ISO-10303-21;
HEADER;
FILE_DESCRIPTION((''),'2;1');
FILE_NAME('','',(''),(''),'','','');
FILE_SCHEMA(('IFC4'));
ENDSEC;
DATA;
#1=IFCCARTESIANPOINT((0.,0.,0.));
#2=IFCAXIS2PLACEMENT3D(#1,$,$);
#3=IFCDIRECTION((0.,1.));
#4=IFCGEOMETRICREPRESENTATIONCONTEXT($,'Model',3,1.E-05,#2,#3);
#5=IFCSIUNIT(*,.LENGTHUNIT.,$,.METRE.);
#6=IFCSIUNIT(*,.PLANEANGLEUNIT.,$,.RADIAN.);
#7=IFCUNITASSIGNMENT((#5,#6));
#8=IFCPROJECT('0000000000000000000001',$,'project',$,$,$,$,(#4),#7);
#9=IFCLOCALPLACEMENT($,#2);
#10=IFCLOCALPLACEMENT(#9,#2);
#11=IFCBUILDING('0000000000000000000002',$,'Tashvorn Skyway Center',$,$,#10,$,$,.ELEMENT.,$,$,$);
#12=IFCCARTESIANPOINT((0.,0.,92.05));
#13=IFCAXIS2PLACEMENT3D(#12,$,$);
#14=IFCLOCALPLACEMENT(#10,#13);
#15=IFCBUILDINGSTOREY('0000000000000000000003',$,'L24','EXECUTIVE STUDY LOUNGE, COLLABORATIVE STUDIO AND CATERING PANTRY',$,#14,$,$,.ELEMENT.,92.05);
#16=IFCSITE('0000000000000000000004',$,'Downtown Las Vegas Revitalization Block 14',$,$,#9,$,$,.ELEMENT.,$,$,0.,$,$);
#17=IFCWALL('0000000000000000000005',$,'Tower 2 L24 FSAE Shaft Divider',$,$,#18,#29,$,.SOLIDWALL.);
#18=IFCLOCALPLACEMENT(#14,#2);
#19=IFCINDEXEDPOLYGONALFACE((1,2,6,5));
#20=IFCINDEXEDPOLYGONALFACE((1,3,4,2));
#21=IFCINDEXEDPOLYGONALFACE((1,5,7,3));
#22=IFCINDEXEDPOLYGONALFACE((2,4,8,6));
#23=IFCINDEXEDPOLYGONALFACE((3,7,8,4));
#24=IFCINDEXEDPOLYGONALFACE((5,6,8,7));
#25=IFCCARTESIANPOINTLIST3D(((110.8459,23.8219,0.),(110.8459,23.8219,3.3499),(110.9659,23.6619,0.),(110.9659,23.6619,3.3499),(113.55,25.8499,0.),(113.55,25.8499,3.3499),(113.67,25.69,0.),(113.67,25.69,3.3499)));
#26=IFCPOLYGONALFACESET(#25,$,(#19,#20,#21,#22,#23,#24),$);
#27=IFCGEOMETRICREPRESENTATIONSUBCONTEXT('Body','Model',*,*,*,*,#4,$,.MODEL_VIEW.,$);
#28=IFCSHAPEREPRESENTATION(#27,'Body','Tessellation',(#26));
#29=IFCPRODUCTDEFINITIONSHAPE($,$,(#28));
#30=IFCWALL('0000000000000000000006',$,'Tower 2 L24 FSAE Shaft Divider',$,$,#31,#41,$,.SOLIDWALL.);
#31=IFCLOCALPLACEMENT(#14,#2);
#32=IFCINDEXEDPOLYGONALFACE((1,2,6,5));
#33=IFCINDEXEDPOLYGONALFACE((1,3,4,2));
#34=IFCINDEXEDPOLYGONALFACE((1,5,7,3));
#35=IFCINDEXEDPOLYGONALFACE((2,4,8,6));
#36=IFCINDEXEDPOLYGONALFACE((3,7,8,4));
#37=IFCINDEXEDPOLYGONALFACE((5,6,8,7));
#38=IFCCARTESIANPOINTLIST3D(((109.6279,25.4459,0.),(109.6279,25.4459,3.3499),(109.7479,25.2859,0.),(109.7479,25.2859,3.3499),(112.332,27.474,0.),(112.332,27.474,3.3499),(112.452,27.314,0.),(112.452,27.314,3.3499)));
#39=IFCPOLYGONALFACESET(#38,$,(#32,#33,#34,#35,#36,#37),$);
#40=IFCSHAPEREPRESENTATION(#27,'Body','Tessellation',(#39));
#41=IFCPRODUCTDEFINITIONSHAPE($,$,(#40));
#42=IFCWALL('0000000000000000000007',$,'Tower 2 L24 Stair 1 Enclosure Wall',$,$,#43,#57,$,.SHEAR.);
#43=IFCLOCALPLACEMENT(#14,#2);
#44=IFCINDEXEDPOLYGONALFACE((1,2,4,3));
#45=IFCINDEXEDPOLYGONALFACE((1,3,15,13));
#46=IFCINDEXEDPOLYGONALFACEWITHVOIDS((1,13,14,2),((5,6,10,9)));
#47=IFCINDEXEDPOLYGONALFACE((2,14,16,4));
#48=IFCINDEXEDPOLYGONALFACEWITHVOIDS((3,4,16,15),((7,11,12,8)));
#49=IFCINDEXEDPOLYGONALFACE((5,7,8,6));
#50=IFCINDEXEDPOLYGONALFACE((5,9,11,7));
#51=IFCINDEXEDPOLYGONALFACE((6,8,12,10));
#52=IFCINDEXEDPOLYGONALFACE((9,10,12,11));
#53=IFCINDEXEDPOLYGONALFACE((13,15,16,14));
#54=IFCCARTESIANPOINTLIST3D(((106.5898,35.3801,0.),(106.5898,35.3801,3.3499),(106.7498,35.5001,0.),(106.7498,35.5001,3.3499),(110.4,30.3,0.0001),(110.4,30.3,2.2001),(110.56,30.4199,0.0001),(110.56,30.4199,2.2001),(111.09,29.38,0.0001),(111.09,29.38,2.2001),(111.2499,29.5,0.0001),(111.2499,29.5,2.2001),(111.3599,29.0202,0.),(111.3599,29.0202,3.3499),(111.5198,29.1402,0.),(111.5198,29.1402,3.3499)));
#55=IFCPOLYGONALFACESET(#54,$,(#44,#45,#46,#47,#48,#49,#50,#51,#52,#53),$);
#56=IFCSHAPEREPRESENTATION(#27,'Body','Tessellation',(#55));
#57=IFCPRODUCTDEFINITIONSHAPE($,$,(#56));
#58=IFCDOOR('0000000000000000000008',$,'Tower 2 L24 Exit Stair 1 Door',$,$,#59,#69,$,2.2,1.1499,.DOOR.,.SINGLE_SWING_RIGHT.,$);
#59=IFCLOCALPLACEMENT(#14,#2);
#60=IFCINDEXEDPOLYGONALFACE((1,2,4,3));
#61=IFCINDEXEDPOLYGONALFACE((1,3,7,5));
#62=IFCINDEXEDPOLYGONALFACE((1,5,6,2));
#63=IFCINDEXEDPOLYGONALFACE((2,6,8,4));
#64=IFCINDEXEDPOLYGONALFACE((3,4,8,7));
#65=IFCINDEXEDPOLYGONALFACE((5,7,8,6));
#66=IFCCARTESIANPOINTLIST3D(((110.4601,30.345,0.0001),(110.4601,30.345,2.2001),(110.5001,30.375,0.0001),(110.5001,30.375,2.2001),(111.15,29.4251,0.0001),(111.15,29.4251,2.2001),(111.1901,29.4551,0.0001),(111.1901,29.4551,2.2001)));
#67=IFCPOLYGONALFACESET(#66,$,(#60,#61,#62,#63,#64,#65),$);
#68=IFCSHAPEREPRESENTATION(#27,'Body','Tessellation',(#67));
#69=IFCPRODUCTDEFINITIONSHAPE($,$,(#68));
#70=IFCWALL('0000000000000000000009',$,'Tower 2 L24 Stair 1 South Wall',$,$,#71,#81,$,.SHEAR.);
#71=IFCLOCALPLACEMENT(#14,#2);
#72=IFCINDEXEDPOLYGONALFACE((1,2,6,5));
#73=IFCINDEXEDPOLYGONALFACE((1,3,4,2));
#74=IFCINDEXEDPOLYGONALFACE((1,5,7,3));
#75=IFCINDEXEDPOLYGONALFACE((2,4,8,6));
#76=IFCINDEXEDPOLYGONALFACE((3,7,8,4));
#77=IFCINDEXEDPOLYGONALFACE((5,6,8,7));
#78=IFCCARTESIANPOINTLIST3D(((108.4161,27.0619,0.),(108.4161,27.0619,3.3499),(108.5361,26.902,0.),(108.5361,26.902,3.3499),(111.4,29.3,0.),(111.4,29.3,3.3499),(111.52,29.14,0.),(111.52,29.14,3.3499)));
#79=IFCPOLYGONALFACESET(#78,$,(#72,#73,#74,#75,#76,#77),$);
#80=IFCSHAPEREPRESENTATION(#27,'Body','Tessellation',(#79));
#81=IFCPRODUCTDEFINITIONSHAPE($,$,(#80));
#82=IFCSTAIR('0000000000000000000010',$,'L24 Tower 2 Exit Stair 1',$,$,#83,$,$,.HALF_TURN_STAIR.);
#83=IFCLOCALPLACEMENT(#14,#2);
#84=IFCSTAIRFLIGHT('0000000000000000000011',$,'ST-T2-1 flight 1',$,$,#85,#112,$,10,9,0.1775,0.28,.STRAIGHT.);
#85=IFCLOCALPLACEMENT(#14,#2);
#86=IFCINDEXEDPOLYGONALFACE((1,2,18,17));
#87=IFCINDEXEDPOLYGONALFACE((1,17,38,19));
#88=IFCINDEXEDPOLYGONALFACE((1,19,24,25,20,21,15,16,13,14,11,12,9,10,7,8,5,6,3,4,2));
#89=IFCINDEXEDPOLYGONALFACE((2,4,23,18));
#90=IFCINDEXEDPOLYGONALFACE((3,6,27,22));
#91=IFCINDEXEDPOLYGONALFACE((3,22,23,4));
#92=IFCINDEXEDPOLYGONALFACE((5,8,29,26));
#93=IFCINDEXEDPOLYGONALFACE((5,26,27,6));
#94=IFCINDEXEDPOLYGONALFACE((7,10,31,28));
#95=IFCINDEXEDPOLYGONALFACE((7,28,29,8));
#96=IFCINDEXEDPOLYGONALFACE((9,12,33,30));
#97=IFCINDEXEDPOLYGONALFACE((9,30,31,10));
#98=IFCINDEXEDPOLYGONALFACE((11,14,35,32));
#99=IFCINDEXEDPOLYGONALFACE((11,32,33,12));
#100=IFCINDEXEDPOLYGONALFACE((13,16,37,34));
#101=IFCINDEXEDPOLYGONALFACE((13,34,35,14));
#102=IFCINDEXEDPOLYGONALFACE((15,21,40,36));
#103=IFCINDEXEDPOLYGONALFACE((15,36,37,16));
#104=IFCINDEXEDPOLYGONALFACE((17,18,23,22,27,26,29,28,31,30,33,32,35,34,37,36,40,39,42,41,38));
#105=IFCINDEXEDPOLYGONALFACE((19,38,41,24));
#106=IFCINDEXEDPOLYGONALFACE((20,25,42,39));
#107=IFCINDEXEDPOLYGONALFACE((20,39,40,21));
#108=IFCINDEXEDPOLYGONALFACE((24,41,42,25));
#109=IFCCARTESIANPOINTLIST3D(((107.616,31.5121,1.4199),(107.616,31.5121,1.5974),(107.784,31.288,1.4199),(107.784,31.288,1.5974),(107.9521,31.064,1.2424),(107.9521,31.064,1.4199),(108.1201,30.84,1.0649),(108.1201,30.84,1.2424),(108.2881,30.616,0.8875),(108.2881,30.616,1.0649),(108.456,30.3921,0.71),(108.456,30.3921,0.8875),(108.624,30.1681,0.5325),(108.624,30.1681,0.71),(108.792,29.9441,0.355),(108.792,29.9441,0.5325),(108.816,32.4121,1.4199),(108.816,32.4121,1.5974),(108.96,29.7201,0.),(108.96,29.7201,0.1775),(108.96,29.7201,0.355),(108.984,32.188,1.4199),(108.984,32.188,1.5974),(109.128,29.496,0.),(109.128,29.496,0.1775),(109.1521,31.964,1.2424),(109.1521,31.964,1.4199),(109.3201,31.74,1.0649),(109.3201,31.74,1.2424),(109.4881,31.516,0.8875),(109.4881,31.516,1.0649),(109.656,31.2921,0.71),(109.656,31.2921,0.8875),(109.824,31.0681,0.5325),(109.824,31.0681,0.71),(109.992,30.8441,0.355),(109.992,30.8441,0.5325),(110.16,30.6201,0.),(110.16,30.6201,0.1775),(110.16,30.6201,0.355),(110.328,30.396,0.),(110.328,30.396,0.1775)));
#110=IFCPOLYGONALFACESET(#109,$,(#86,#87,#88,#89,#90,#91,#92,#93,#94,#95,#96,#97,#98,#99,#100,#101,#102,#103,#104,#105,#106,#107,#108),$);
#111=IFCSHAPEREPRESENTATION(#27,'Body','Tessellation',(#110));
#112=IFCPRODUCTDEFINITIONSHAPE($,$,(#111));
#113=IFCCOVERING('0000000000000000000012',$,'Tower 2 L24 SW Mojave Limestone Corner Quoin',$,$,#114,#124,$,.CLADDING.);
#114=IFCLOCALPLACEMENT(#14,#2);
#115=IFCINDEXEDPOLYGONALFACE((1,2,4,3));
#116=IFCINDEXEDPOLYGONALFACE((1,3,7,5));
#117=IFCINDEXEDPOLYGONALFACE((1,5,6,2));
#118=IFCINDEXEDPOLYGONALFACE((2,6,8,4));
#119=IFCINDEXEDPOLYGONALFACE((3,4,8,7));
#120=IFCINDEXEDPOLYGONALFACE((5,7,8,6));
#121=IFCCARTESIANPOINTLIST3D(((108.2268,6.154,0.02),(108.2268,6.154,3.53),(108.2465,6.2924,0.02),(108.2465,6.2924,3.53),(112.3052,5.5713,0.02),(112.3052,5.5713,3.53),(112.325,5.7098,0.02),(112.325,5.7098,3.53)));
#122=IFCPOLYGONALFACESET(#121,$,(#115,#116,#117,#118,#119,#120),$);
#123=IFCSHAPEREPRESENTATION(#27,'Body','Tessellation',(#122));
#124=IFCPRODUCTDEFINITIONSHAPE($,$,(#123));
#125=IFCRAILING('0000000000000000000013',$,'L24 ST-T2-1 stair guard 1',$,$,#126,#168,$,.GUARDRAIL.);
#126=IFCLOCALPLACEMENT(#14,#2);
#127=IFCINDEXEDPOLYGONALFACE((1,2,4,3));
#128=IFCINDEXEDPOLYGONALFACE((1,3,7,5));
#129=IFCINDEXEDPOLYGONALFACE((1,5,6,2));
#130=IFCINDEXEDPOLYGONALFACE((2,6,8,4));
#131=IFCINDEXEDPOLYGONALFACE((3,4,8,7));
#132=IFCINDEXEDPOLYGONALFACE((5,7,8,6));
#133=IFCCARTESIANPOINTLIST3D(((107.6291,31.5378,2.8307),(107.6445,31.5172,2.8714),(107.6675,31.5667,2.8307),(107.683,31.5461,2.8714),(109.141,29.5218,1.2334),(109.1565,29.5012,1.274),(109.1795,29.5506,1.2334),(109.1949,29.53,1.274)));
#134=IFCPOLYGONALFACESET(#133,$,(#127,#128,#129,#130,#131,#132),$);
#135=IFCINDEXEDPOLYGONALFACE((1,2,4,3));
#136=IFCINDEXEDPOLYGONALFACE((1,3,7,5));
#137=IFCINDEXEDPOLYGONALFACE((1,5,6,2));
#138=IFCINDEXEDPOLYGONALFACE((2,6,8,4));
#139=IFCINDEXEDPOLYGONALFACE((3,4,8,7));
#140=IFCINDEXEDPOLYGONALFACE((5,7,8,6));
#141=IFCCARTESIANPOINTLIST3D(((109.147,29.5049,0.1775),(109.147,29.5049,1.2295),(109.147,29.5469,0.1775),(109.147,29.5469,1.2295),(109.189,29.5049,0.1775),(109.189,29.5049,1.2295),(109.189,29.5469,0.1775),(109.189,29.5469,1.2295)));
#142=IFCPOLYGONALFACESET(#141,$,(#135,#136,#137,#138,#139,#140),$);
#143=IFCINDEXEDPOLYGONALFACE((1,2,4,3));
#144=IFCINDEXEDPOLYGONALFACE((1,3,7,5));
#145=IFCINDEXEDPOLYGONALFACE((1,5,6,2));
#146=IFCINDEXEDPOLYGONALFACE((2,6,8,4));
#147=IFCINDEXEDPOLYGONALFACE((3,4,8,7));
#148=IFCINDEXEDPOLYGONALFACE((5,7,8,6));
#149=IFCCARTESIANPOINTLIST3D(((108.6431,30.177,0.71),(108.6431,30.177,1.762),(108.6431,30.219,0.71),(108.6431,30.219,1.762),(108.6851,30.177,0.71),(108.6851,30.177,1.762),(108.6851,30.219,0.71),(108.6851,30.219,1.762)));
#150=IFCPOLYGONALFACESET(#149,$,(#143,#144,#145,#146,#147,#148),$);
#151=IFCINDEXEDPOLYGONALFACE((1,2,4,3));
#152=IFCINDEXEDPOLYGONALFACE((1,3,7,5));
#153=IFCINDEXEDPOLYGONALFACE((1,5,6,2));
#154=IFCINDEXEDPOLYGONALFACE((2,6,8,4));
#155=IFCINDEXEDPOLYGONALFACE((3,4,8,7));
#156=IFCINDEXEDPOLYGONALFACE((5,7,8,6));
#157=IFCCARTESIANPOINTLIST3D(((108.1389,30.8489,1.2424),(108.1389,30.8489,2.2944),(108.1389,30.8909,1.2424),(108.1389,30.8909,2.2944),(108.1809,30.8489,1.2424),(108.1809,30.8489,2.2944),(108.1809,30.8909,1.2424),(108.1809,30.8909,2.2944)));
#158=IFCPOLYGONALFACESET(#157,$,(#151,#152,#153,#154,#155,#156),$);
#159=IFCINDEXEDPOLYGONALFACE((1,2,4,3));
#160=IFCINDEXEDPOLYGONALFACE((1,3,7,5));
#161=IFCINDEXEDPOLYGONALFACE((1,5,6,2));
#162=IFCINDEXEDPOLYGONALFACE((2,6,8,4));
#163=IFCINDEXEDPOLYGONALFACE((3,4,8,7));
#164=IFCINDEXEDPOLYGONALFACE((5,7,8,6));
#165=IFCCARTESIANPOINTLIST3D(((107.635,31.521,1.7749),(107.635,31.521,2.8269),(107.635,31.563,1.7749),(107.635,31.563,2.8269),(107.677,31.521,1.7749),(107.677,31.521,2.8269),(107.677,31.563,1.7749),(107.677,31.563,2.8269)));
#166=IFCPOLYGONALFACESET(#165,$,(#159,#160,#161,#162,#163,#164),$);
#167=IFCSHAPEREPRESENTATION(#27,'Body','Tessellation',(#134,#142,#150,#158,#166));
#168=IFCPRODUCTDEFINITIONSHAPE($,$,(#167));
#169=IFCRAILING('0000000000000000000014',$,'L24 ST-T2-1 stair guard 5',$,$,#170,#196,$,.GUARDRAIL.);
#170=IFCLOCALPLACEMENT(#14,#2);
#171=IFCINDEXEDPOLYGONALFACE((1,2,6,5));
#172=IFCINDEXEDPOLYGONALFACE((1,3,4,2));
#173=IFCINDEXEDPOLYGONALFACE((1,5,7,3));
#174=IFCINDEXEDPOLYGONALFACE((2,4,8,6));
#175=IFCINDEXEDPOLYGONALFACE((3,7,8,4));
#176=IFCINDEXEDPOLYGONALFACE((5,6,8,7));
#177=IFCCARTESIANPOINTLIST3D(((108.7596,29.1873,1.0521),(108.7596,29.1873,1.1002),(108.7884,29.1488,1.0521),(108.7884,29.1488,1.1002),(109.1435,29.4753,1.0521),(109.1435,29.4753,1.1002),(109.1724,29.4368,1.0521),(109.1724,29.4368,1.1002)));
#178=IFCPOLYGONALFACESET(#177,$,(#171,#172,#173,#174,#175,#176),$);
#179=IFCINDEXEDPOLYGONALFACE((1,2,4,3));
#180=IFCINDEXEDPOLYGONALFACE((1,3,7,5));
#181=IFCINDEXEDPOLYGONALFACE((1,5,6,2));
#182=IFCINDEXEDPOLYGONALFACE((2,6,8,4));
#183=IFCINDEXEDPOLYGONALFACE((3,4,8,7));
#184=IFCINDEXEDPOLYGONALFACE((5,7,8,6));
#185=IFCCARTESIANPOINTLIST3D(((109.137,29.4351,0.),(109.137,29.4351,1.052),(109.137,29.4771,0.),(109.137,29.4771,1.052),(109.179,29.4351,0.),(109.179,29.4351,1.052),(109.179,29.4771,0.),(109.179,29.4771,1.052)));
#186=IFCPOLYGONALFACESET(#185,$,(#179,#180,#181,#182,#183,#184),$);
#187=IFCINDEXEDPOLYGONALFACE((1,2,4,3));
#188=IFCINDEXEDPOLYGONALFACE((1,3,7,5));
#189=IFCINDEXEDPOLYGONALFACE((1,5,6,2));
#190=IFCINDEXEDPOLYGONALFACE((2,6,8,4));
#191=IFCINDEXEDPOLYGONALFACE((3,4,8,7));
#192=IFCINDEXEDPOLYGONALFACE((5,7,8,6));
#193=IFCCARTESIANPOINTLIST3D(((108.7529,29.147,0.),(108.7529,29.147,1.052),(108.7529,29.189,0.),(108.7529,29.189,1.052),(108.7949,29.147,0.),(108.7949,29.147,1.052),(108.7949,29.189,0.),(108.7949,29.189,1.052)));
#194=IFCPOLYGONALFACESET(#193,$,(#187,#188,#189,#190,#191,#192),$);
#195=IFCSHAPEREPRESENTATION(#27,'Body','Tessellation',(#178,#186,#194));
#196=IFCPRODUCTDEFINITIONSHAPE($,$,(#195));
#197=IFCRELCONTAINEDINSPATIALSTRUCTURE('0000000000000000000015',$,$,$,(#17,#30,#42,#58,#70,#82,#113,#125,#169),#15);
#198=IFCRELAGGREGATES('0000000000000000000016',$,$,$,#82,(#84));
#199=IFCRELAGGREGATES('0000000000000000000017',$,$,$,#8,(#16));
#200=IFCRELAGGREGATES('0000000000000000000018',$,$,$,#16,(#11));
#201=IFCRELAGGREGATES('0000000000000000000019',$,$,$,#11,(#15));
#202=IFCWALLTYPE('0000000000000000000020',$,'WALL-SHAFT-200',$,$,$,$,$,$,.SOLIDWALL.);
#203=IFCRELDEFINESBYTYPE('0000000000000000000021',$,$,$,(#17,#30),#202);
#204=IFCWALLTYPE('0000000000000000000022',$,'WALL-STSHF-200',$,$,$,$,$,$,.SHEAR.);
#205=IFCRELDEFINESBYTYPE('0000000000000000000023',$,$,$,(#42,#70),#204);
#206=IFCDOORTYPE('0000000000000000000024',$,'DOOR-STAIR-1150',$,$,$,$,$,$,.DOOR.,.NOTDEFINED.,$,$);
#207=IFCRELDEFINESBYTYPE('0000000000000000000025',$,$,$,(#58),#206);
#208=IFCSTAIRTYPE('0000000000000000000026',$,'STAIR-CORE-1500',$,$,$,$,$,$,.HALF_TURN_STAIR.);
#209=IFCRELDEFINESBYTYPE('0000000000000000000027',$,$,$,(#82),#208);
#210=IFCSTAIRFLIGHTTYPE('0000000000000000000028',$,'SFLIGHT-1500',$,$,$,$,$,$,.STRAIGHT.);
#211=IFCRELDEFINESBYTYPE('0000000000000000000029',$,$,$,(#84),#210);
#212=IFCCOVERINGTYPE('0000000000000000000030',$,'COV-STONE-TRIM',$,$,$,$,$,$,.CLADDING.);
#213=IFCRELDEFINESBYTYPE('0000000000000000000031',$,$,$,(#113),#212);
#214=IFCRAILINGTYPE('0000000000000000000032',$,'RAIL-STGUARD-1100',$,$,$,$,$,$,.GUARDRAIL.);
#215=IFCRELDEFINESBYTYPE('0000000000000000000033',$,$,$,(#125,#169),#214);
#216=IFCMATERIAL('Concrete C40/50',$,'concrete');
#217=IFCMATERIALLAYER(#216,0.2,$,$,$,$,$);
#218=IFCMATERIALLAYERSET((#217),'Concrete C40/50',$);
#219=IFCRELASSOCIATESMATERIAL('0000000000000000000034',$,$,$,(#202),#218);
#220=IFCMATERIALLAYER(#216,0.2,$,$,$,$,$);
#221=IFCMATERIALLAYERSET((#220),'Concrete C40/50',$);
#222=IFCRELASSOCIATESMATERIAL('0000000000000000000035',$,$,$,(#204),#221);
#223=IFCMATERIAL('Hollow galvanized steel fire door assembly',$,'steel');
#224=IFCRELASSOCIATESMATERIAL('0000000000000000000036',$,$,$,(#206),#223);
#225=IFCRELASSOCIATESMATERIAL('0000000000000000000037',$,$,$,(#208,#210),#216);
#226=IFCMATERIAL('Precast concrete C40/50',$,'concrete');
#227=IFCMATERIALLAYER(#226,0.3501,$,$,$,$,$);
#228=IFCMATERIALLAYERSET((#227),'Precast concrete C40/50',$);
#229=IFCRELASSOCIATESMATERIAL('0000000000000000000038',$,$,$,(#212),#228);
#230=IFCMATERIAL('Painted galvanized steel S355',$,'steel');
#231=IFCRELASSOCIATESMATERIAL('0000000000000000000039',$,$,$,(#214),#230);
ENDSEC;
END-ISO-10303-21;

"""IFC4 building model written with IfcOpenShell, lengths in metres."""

from ifc_helpers import new_model, si_unit, direction, frame, frame_2d, origin, origin_2d, place, context, subcontext, project, spatial, polyline, rectangle, outline, extrude, material, layer, layer_set, type_object, element, fill, aggregate, save


model = new_model("IFC4")

# Units and contexts
model_context = context("Model", 3, precision=1e-05, world=origin(), true_north=direction((0.0, 1.0)))
body_context = subcontext(model_context, "Body", "Model", "MODEL_VIEW")
ifc_project = project(units=[si_unit("LENGTHUNIT", "METRE"), si_unit("PLANEANGLEUNIT", "RADIAN")], contexts=[model_context])

# Site, building, storey
site_placement = place(None, origin())
site = spatial("IfcSite", under=ifc_project, at=site_placement, Name="Downtown Las Vegas Revitalization Block 14", CompositionType="ELEMENT", RefElevation=0.0)
building_placement = place(site_placement, origin())
building = spatial("IfcBuilding", under=site, at=building_placement, Name="Tashvorn Skyway Center", CompositionType="ELEMENT")
storey_placement = place(building_placement, frame((0.0, 0.0, 92.05)))
storey = spatial("IfcBuildingStorey", under=building, at=storey_placement, Name="L24", Description="EXECUTIVE STUDY LOUNGE, COLLABORATIVE STUDIO AND CATERING PANTRY", CompositionType="ELEMENT", Elevation=92.05)

# Shared definitions
ifc_material_1 = material(Name="Precast concrete C40/50", Category="concrete")

# Walls
ifc_material_2 = material(Name="Concrete C40/50", Category="concrete")
ifc_layer_1 = layer(ifc_material_2, 0.2)
ifc_layer_set_1 = layer_set([ifc_layer_1], Name="Concrete C40/50")
wall_type_1 = type_object("IfcWallType", Name="WALL-SHAFT-200", PredefinedType="SOLIDWALL", material=ifc_layer_set_1)
for number, where, z_axis, x_axis, name in (
    (1, (110.906, 23.7419, 0.0), (0.0, 0.0, 1.0), (0.8, 0.6, 0.0), "Tower 2 L24 FSAE Shaft Divider"),
    (2, (109.688, 25.366, 0.0), (0.0, 0.0, 1.0), (0.8, 0.6, 0.0), "Tower 2 L24 FSAE Shaft Divider"),
):
    element("IfcWall", number, at=place(storey_placement, frame(where, z_axis=z_axis, x_axis=x_axis)), inside=storey, type_object=wall_type_1, Name=name, PredefinedType="SOLIDWALL", context=body_context, shape_type="SweptSolid", body=[
        extrude(rectangle(XDim=3.3801, YDim=0.2, at=frame_2d((1.6899, 0.0))), origin(), (0.0, 0.0, 1.0), 3.3499),
    ])

# Wall, opening, door
ifc_layer_2 = layer(ifc_material_2, 0.2)
ifc_layer_set_2 = layer_set([ifc_layer_2], Name="Concrete C40/50")
wall_type_2 = type_object("IfcWallType", Name="WALL-STSHF-200", PredefinedType="SHEAR", material=ifc_layer_set_2)
wall_1_placement = place(storey_placement, frame((111.4399, 29.0801, 0.0), z_axis=(0.0, 0.0, 1.0), x_axis=(-0.60001, 0.799993, 0.0)))
wall_1 = element("IfcWall", 3, at=wall_1_placement, inside=storey, type_object=wall_type_2, Name="Tower 2 L24 Stair 1 Enclosure Wall", PredefinedType="SHEAR", context=body_context, shape_type="SweptSolid", body=[
    extrude(rectangle(XDim=7.95, YDim=0.2, at=frame_2d((3.9751, 0.0))), origin(), (0.0, 0.0, 1.0), 3.3499),
])
opening_1_placement = place(wall_1_placement, frame((0.45, 0.0, 0.0)))
opening_1 = element("IfcOpeningElement", 4, at=opening_1_placement, cuts=wall_1, PredefinedType="OPENING", context=body_context, shape_type="SweptSolid", body=[
    extrude(rectangle(XDim=1.1499, YDim=2.2, at=frame_2d((0.575, 1.1001))), frame((0.0, 0.1099, 0.0), z_axis=(0.0, -1.0, 0.0), x_axis=(1.0, 0.0, 0.0)), (0.0, 0.0, 1.0), 0.22),
])
ifc_material_3 = material(Name="Hollow galvanized steel fire door assembly", Category="steel")
door_type_1 = type_object("IfcDoorType", Name="DOOR-STAIR-1150", OperationType="NOTDEFINED", PredefinedType="DOOR", material=ifc_material_3)
door_1_placement = place(opening_1_placement, origin())
door_1 = element("IfcDoor", 5, at=door_1_placement, inside=storey, type_object=door_type_1, Name="Tower 2 L24 Exit Stair 1 Door", OperationType="SINGLE_SWING_RIGHT", OverallHeight=2.2, OverallWidth=1.1499, PredefinedType="DOOR", context=body_context, shape_type="SweptSolid", body=[
    extrude(rectangle(XDim=1.1499, YDim=2.2, at=frame_2d((0.575, 1.1001))), frame((0.0, 0.0249, 0.0), z_axis=(0.0, -1.0, 0.0), x_axis=(1.0, 0.0, 0.0)), (0.0, 0.0, 1.0), 0.05),
])
fill(opening_1, door_1)

# Wall
wall_2_placement = place(storey_placement, frame((108.4761, 26.9819, 0.0), z_axis=(0.0, 0.0, 1.0), x_axis=(0.799984, 0.600021, 0.0)))
element("IfcWall", 6, at=wall_2_placement, inside=storey, type_object=wall_type_2, Name="Tower 2 L24 Stair 1 South Wall", PredefinedType="SHEAR", context=body_context, shape_type="SweptSolid", body=[
    extrude(rectangle(XDim=3.73, YDim=0.2, at=frame_2d((1.865, 0.0))), origin(), (0.0, 0.0, 1.0), 3.3499),
])

# Stair, stair flight
stair_type = type_object("IfcStairType", Name="STAIR-CORE-1500", PredefinedType="HALF_TURN_STAIR", material=ifc_material_2)
stair_placement = place(storey_placement, origin())
stair = element("IfcStair", 7, at=stair_placement, inside=storey, type_object=stair_type, Name="L24 Tower 2 Exit Stair 1", PredefinedType="HALF_TURN_STAIR")
stair_flight_type = type_object("IfcStairFlightType", Name="SFLIGHT-1500", PredefinedType="STRAIGHT", material=ifc_material_2)
stair_flight_placement = place(storey_placement, frame((109.728, 29.946, 0.0), z_axis=(0.0, 0.0, 1.0), x_axis=(-0.6, 0.8, 0.0)))
stair_flight = element("IfcStairFlight", 8, at=stair_flight_placement, type_object=stair_flight_type, Name="ST-T2-1 flight 1", NumberOfRisers=10, NumberOfTreads=9, PredefinedType="STRAIGHT", RiserHeight=0.1775, TreadLength=0.28, context=body_context, shape_type="SweptSolid", body=[
    extrude(outline(polyline([(0.0, 0.0), (0.0, 0.1775), (0.28, 0.1775), (0.28, 0.355), (0.5601, 0.355), (0.5601, 0.5325), (0.8401, 0.5325), (0.8401, 0.71), (1.1201, 0.71), (1.1201, 0.8875), (1.3999, 0.8875), (1.3999, 1.0649), (1.6799, 1.0649), (1.6799, 1.2424), (1.96, 1.2424), (1.96, 1.4199), (2.24, 1.4199), (2.24, 1.5974), (2.52, 1.5974), (2.52, 1.7749), (2.52, 1.4199), (0.28, 0.0), (0.0, 0.0)])), frame((0.0, 0.75, 0.0), z_axis=(0.0, -1.0, 0.0), x_axis=(1.0, 0.0, 0.0)), (0.0, 0.0, 1.0), 1.5),
])
aggregate(stair, [stair_flight])

# Covering
ifc_layer_3 = layer(ifc_material_1, 0.3501)
ifc_layer_set_3 = layer_set([ifc_layer_3], Name="Precast concrete C40/50")
covering_type = type_object("IfcCoveringType", Name="COV-STONE-TRIM", PredefinedType="CLADDING", material=ifc_layer_set_3)
covering_placement = place(storey_placement, frame((110.2759, 5.9319, 0.02), z_axis=(0.0, 0.0, 1.0), x_axis=(-0.989949, 0.141421, 0.0)))
element("IfcCovering", 9, at=covering_placement, inside=storey, type_object=covering_type, Name="Tower 2 L24 SW Mojave Limestone Corner Quoin", PredefinedType="CLADDING", context=body_context, shape_type="SweptSolid", body=[
    extrude(rectangle(XDim=4.1199, YDim=0.1399, at=origin_2d()), origin(), (0.0, 0.0, 1.0), 3.51),
])

# Railings
ifc_material_4 = material(Name="Painted galvanized steel S355", Category="steel")
railing_type = type_object("IfcRailingType", Name="RAIL-STGUARD-1100", PredefinedType="GUARDRAIL", material=ifc_material_4)
railing_1_placement = place(storey_placement, frame((109.168, 29.5259, 0.1775)))
element("IfcRailing", 10, at=railing_1_placement, inside=storey, type_object=railing_type, Name="L24 ST-T2-1 stair guard 1", PredefinedType="GUARDRAIL", context=body_context, shape_type="SweptSolid", body=[
    extrude(rectangle(XDim=0.0481, YDim=0.0481, at=origin_2d()), frame((0.0, 0.0, 1.0762), z_axis=(-0.506741, 0.675709, 0.535379), x_axis=(-0.800023, -0.599969, 0.0)), (0.0, 0.0, 1.0), 2.9836),
    extrude(rectangle(XDim=0.042, YDim=0.042, at=origin_2d()), origin(), (0.0, 0.0, 1.0), 1.052),
    extrude(rectangle(XDim=0.042, YDim=0.042, at=origin_2d()), frame((-0.5039, 0.6721, 0.5325)), (0.0, 0.0, 1.0), 1.052),
    extrude(rectangle(XDim=0.042, YDim=0.042, at=origin_2d()), frame((-1.0081, 1.344, 1.0649)), (0.0, 0.0, 1.0), 1.052),
    extrude(rectangle(XDim=0.042, YDim=0.042, at=origin_2d()), frame((-1.512, 2.0161, 1.5974)), (0.0, 0.0, 1.0), 1.052),
])
railing_2_placement = place(storey_placement, frame((109.158, 29.4561, 0.0)))
element("IfcRailing", 11, at=railing_2_placement, inside=storey, type_object=railing_type, Name="L24 ST-T2-1 stair guard 5", PredefinedType="GUARDRAIL", context=body_context, shape_type="SweptSolid", body=[
    extrude(rectangle(XDim=0.0481, YDim=0.0481, at=origin_2d()), frame((0.0, 0.0, 1.0762), z_axis=(-0.799939, -0.600081, 0.0), x_axis=(0.600081, -0.799939, 0.0)), (0.0, 0.0, 1.0), 0.48),
    extrude(rectangle(XDim=0.042, YDim=0.042, at=origin_2d()), origin(), (0.0, 0.0, 1.0), 1.052),
    extrude(rectangle(XDim=0.042, YDim=0.042, at=origin_2d()), frame((-0.384, -0.2881, 0.0)), (0.0, 0.0, 1.0), 1.052),
])

save(model, "model.ifc")
